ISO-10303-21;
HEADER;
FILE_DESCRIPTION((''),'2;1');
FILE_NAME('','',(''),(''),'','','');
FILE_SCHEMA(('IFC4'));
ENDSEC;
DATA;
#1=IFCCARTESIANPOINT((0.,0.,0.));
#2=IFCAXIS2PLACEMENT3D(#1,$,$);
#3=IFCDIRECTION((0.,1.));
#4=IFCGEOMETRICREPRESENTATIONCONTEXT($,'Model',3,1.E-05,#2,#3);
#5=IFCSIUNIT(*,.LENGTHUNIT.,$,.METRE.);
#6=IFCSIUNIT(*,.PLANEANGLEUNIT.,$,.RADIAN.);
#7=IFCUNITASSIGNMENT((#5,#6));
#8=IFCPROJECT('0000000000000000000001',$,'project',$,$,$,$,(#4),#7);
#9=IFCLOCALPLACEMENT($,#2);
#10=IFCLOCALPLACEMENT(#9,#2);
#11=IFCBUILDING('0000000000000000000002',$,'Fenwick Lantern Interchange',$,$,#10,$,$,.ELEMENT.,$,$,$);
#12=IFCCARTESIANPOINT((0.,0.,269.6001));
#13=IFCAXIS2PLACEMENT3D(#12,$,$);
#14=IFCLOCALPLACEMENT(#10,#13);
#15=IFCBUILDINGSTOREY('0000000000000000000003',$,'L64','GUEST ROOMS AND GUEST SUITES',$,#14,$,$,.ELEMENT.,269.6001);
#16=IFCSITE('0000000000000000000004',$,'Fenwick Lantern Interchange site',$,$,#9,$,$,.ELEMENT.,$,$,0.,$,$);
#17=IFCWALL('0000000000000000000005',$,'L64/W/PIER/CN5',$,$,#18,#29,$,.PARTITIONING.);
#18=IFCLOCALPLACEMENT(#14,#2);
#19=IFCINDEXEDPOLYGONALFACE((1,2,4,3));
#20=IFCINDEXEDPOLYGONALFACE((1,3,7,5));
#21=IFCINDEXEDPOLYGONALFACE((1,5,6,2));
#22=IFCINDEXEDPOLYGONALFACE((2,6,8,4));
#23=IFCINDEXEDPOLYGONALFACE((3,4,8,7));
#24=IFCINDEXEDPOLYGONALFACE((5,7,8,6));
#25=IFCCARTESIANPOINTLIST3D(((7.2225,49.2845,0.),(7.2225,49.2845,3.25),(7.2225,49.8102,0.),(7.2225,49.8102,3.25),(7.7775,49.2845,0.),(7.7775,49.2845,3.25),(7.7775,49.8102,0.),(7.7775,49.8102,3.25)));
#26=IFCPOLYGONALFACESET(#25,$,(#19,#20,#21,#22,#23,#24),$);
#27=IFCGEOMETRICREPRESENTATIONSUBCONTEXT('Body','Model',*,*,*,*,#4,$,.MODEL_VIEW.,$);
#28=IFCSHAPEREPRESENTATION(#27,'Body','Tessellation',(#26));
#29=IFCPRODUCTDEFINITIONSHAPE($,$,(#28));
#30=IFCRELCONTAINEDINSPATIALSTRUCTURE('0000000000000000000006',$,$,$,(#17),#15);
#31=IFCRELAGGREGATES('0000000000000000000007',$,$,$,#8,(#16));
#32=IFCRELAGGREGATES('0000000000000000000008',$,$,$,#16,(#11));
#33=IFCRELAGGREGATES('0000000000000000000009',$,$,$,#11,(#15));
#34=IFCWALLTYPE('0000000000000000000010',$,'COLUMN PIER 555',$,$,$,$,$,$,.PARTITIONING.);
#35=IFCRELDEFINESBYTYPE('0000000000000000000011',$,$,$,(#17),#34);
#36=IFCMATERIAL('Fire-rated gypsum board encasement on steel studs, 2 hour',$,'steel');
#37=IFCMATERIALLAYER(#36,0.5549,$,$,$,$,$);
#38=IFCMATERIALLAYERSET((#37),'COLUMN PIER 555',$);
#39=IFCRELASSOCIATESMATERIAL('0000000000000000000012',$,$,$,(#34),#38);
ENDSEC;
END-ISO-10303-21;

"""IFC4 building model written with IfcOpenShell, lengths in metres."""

from ifc_helpers import new_model, si_unit, direction, frame, frame_2d, origin, place, context, subcontext, project, spatial, rectangle, extrude, material, layer, layer_set, type_object, element, save


model = new_model("IFC4")

# Units and contexts
model_context = context("Model", 3, precision=1e-05, world=origin(), true_north=direction((0.0, 1.0)))
body_context = subcontext(model_context, "Body", "Model", "MODEL_VIEW")
ifc_project = project(units=[si_unit("LENGTHUNIT", "METRE"), si_unit("PLANEANGLEUNIT", "RADIAN")], contexts=[model_context])

# Site, building, storey
site_placement = place(None, origin())
site = spatial("IfcSite", under=ifc_project, at=site_placement, Name="Fenwick Lantern Interchange site", CompositionType="ELEMENT", RefElevation=0.0)
building_placement = place(site_placement, origin())
building = spatial("IfcBuilding", under=site, at=building_placement, Name="Fenwick Lantern Interchange", CompositionType="ELEMENT")
storey_placement = place(building_placement, frame((0.0, 0.0, 269.6001)))
storey = spatial("IfcBuildingStorey", under=building, at=storey_placement, Name="L64", Description="GUEST ROOMS AND GUEST SUITES", CompositionType="ELEMENT", Elevation=269.6001)

# Wall
ifc_material_1 = material(Name="Fire-rated gypsum board encasement on steel studs, 2 hour", Category="steel")
ifc_layer_1 = layer(ifc_material_1, 0.5549)
ifc_layer_set_1 = layer_set([ifc_layer_1], Name="COLUMN PIER 555")
wall_type = type_object("IfcWallType", Name="COLUMN PIER 555", PredefinedType="PARTITIONING", material=ifc_layer_set_1)
wall_placement = place(storey_placement, frame((7.5, 49.8101, 0.0), z_axis=(0.0, 0.0, 1.0), x_axis=(0.0, -1.0, 0.0)))
element("IfcWall", 1, at=wall_placement, inside=storey, type_object=wall_type, Name="L64/W/PIER/CN5", PredefinedType="PARTITIONING", context=body_context, shape_type="SweptSolid", body=[
    extrude(rectangle(XDim=0.5256, YDim=0.5549, at=frame_2d((0.2627, 0.0))), origin(), (0.0, 0.0, 1.0), 3.25),
])

save(model, "model.ifc")
